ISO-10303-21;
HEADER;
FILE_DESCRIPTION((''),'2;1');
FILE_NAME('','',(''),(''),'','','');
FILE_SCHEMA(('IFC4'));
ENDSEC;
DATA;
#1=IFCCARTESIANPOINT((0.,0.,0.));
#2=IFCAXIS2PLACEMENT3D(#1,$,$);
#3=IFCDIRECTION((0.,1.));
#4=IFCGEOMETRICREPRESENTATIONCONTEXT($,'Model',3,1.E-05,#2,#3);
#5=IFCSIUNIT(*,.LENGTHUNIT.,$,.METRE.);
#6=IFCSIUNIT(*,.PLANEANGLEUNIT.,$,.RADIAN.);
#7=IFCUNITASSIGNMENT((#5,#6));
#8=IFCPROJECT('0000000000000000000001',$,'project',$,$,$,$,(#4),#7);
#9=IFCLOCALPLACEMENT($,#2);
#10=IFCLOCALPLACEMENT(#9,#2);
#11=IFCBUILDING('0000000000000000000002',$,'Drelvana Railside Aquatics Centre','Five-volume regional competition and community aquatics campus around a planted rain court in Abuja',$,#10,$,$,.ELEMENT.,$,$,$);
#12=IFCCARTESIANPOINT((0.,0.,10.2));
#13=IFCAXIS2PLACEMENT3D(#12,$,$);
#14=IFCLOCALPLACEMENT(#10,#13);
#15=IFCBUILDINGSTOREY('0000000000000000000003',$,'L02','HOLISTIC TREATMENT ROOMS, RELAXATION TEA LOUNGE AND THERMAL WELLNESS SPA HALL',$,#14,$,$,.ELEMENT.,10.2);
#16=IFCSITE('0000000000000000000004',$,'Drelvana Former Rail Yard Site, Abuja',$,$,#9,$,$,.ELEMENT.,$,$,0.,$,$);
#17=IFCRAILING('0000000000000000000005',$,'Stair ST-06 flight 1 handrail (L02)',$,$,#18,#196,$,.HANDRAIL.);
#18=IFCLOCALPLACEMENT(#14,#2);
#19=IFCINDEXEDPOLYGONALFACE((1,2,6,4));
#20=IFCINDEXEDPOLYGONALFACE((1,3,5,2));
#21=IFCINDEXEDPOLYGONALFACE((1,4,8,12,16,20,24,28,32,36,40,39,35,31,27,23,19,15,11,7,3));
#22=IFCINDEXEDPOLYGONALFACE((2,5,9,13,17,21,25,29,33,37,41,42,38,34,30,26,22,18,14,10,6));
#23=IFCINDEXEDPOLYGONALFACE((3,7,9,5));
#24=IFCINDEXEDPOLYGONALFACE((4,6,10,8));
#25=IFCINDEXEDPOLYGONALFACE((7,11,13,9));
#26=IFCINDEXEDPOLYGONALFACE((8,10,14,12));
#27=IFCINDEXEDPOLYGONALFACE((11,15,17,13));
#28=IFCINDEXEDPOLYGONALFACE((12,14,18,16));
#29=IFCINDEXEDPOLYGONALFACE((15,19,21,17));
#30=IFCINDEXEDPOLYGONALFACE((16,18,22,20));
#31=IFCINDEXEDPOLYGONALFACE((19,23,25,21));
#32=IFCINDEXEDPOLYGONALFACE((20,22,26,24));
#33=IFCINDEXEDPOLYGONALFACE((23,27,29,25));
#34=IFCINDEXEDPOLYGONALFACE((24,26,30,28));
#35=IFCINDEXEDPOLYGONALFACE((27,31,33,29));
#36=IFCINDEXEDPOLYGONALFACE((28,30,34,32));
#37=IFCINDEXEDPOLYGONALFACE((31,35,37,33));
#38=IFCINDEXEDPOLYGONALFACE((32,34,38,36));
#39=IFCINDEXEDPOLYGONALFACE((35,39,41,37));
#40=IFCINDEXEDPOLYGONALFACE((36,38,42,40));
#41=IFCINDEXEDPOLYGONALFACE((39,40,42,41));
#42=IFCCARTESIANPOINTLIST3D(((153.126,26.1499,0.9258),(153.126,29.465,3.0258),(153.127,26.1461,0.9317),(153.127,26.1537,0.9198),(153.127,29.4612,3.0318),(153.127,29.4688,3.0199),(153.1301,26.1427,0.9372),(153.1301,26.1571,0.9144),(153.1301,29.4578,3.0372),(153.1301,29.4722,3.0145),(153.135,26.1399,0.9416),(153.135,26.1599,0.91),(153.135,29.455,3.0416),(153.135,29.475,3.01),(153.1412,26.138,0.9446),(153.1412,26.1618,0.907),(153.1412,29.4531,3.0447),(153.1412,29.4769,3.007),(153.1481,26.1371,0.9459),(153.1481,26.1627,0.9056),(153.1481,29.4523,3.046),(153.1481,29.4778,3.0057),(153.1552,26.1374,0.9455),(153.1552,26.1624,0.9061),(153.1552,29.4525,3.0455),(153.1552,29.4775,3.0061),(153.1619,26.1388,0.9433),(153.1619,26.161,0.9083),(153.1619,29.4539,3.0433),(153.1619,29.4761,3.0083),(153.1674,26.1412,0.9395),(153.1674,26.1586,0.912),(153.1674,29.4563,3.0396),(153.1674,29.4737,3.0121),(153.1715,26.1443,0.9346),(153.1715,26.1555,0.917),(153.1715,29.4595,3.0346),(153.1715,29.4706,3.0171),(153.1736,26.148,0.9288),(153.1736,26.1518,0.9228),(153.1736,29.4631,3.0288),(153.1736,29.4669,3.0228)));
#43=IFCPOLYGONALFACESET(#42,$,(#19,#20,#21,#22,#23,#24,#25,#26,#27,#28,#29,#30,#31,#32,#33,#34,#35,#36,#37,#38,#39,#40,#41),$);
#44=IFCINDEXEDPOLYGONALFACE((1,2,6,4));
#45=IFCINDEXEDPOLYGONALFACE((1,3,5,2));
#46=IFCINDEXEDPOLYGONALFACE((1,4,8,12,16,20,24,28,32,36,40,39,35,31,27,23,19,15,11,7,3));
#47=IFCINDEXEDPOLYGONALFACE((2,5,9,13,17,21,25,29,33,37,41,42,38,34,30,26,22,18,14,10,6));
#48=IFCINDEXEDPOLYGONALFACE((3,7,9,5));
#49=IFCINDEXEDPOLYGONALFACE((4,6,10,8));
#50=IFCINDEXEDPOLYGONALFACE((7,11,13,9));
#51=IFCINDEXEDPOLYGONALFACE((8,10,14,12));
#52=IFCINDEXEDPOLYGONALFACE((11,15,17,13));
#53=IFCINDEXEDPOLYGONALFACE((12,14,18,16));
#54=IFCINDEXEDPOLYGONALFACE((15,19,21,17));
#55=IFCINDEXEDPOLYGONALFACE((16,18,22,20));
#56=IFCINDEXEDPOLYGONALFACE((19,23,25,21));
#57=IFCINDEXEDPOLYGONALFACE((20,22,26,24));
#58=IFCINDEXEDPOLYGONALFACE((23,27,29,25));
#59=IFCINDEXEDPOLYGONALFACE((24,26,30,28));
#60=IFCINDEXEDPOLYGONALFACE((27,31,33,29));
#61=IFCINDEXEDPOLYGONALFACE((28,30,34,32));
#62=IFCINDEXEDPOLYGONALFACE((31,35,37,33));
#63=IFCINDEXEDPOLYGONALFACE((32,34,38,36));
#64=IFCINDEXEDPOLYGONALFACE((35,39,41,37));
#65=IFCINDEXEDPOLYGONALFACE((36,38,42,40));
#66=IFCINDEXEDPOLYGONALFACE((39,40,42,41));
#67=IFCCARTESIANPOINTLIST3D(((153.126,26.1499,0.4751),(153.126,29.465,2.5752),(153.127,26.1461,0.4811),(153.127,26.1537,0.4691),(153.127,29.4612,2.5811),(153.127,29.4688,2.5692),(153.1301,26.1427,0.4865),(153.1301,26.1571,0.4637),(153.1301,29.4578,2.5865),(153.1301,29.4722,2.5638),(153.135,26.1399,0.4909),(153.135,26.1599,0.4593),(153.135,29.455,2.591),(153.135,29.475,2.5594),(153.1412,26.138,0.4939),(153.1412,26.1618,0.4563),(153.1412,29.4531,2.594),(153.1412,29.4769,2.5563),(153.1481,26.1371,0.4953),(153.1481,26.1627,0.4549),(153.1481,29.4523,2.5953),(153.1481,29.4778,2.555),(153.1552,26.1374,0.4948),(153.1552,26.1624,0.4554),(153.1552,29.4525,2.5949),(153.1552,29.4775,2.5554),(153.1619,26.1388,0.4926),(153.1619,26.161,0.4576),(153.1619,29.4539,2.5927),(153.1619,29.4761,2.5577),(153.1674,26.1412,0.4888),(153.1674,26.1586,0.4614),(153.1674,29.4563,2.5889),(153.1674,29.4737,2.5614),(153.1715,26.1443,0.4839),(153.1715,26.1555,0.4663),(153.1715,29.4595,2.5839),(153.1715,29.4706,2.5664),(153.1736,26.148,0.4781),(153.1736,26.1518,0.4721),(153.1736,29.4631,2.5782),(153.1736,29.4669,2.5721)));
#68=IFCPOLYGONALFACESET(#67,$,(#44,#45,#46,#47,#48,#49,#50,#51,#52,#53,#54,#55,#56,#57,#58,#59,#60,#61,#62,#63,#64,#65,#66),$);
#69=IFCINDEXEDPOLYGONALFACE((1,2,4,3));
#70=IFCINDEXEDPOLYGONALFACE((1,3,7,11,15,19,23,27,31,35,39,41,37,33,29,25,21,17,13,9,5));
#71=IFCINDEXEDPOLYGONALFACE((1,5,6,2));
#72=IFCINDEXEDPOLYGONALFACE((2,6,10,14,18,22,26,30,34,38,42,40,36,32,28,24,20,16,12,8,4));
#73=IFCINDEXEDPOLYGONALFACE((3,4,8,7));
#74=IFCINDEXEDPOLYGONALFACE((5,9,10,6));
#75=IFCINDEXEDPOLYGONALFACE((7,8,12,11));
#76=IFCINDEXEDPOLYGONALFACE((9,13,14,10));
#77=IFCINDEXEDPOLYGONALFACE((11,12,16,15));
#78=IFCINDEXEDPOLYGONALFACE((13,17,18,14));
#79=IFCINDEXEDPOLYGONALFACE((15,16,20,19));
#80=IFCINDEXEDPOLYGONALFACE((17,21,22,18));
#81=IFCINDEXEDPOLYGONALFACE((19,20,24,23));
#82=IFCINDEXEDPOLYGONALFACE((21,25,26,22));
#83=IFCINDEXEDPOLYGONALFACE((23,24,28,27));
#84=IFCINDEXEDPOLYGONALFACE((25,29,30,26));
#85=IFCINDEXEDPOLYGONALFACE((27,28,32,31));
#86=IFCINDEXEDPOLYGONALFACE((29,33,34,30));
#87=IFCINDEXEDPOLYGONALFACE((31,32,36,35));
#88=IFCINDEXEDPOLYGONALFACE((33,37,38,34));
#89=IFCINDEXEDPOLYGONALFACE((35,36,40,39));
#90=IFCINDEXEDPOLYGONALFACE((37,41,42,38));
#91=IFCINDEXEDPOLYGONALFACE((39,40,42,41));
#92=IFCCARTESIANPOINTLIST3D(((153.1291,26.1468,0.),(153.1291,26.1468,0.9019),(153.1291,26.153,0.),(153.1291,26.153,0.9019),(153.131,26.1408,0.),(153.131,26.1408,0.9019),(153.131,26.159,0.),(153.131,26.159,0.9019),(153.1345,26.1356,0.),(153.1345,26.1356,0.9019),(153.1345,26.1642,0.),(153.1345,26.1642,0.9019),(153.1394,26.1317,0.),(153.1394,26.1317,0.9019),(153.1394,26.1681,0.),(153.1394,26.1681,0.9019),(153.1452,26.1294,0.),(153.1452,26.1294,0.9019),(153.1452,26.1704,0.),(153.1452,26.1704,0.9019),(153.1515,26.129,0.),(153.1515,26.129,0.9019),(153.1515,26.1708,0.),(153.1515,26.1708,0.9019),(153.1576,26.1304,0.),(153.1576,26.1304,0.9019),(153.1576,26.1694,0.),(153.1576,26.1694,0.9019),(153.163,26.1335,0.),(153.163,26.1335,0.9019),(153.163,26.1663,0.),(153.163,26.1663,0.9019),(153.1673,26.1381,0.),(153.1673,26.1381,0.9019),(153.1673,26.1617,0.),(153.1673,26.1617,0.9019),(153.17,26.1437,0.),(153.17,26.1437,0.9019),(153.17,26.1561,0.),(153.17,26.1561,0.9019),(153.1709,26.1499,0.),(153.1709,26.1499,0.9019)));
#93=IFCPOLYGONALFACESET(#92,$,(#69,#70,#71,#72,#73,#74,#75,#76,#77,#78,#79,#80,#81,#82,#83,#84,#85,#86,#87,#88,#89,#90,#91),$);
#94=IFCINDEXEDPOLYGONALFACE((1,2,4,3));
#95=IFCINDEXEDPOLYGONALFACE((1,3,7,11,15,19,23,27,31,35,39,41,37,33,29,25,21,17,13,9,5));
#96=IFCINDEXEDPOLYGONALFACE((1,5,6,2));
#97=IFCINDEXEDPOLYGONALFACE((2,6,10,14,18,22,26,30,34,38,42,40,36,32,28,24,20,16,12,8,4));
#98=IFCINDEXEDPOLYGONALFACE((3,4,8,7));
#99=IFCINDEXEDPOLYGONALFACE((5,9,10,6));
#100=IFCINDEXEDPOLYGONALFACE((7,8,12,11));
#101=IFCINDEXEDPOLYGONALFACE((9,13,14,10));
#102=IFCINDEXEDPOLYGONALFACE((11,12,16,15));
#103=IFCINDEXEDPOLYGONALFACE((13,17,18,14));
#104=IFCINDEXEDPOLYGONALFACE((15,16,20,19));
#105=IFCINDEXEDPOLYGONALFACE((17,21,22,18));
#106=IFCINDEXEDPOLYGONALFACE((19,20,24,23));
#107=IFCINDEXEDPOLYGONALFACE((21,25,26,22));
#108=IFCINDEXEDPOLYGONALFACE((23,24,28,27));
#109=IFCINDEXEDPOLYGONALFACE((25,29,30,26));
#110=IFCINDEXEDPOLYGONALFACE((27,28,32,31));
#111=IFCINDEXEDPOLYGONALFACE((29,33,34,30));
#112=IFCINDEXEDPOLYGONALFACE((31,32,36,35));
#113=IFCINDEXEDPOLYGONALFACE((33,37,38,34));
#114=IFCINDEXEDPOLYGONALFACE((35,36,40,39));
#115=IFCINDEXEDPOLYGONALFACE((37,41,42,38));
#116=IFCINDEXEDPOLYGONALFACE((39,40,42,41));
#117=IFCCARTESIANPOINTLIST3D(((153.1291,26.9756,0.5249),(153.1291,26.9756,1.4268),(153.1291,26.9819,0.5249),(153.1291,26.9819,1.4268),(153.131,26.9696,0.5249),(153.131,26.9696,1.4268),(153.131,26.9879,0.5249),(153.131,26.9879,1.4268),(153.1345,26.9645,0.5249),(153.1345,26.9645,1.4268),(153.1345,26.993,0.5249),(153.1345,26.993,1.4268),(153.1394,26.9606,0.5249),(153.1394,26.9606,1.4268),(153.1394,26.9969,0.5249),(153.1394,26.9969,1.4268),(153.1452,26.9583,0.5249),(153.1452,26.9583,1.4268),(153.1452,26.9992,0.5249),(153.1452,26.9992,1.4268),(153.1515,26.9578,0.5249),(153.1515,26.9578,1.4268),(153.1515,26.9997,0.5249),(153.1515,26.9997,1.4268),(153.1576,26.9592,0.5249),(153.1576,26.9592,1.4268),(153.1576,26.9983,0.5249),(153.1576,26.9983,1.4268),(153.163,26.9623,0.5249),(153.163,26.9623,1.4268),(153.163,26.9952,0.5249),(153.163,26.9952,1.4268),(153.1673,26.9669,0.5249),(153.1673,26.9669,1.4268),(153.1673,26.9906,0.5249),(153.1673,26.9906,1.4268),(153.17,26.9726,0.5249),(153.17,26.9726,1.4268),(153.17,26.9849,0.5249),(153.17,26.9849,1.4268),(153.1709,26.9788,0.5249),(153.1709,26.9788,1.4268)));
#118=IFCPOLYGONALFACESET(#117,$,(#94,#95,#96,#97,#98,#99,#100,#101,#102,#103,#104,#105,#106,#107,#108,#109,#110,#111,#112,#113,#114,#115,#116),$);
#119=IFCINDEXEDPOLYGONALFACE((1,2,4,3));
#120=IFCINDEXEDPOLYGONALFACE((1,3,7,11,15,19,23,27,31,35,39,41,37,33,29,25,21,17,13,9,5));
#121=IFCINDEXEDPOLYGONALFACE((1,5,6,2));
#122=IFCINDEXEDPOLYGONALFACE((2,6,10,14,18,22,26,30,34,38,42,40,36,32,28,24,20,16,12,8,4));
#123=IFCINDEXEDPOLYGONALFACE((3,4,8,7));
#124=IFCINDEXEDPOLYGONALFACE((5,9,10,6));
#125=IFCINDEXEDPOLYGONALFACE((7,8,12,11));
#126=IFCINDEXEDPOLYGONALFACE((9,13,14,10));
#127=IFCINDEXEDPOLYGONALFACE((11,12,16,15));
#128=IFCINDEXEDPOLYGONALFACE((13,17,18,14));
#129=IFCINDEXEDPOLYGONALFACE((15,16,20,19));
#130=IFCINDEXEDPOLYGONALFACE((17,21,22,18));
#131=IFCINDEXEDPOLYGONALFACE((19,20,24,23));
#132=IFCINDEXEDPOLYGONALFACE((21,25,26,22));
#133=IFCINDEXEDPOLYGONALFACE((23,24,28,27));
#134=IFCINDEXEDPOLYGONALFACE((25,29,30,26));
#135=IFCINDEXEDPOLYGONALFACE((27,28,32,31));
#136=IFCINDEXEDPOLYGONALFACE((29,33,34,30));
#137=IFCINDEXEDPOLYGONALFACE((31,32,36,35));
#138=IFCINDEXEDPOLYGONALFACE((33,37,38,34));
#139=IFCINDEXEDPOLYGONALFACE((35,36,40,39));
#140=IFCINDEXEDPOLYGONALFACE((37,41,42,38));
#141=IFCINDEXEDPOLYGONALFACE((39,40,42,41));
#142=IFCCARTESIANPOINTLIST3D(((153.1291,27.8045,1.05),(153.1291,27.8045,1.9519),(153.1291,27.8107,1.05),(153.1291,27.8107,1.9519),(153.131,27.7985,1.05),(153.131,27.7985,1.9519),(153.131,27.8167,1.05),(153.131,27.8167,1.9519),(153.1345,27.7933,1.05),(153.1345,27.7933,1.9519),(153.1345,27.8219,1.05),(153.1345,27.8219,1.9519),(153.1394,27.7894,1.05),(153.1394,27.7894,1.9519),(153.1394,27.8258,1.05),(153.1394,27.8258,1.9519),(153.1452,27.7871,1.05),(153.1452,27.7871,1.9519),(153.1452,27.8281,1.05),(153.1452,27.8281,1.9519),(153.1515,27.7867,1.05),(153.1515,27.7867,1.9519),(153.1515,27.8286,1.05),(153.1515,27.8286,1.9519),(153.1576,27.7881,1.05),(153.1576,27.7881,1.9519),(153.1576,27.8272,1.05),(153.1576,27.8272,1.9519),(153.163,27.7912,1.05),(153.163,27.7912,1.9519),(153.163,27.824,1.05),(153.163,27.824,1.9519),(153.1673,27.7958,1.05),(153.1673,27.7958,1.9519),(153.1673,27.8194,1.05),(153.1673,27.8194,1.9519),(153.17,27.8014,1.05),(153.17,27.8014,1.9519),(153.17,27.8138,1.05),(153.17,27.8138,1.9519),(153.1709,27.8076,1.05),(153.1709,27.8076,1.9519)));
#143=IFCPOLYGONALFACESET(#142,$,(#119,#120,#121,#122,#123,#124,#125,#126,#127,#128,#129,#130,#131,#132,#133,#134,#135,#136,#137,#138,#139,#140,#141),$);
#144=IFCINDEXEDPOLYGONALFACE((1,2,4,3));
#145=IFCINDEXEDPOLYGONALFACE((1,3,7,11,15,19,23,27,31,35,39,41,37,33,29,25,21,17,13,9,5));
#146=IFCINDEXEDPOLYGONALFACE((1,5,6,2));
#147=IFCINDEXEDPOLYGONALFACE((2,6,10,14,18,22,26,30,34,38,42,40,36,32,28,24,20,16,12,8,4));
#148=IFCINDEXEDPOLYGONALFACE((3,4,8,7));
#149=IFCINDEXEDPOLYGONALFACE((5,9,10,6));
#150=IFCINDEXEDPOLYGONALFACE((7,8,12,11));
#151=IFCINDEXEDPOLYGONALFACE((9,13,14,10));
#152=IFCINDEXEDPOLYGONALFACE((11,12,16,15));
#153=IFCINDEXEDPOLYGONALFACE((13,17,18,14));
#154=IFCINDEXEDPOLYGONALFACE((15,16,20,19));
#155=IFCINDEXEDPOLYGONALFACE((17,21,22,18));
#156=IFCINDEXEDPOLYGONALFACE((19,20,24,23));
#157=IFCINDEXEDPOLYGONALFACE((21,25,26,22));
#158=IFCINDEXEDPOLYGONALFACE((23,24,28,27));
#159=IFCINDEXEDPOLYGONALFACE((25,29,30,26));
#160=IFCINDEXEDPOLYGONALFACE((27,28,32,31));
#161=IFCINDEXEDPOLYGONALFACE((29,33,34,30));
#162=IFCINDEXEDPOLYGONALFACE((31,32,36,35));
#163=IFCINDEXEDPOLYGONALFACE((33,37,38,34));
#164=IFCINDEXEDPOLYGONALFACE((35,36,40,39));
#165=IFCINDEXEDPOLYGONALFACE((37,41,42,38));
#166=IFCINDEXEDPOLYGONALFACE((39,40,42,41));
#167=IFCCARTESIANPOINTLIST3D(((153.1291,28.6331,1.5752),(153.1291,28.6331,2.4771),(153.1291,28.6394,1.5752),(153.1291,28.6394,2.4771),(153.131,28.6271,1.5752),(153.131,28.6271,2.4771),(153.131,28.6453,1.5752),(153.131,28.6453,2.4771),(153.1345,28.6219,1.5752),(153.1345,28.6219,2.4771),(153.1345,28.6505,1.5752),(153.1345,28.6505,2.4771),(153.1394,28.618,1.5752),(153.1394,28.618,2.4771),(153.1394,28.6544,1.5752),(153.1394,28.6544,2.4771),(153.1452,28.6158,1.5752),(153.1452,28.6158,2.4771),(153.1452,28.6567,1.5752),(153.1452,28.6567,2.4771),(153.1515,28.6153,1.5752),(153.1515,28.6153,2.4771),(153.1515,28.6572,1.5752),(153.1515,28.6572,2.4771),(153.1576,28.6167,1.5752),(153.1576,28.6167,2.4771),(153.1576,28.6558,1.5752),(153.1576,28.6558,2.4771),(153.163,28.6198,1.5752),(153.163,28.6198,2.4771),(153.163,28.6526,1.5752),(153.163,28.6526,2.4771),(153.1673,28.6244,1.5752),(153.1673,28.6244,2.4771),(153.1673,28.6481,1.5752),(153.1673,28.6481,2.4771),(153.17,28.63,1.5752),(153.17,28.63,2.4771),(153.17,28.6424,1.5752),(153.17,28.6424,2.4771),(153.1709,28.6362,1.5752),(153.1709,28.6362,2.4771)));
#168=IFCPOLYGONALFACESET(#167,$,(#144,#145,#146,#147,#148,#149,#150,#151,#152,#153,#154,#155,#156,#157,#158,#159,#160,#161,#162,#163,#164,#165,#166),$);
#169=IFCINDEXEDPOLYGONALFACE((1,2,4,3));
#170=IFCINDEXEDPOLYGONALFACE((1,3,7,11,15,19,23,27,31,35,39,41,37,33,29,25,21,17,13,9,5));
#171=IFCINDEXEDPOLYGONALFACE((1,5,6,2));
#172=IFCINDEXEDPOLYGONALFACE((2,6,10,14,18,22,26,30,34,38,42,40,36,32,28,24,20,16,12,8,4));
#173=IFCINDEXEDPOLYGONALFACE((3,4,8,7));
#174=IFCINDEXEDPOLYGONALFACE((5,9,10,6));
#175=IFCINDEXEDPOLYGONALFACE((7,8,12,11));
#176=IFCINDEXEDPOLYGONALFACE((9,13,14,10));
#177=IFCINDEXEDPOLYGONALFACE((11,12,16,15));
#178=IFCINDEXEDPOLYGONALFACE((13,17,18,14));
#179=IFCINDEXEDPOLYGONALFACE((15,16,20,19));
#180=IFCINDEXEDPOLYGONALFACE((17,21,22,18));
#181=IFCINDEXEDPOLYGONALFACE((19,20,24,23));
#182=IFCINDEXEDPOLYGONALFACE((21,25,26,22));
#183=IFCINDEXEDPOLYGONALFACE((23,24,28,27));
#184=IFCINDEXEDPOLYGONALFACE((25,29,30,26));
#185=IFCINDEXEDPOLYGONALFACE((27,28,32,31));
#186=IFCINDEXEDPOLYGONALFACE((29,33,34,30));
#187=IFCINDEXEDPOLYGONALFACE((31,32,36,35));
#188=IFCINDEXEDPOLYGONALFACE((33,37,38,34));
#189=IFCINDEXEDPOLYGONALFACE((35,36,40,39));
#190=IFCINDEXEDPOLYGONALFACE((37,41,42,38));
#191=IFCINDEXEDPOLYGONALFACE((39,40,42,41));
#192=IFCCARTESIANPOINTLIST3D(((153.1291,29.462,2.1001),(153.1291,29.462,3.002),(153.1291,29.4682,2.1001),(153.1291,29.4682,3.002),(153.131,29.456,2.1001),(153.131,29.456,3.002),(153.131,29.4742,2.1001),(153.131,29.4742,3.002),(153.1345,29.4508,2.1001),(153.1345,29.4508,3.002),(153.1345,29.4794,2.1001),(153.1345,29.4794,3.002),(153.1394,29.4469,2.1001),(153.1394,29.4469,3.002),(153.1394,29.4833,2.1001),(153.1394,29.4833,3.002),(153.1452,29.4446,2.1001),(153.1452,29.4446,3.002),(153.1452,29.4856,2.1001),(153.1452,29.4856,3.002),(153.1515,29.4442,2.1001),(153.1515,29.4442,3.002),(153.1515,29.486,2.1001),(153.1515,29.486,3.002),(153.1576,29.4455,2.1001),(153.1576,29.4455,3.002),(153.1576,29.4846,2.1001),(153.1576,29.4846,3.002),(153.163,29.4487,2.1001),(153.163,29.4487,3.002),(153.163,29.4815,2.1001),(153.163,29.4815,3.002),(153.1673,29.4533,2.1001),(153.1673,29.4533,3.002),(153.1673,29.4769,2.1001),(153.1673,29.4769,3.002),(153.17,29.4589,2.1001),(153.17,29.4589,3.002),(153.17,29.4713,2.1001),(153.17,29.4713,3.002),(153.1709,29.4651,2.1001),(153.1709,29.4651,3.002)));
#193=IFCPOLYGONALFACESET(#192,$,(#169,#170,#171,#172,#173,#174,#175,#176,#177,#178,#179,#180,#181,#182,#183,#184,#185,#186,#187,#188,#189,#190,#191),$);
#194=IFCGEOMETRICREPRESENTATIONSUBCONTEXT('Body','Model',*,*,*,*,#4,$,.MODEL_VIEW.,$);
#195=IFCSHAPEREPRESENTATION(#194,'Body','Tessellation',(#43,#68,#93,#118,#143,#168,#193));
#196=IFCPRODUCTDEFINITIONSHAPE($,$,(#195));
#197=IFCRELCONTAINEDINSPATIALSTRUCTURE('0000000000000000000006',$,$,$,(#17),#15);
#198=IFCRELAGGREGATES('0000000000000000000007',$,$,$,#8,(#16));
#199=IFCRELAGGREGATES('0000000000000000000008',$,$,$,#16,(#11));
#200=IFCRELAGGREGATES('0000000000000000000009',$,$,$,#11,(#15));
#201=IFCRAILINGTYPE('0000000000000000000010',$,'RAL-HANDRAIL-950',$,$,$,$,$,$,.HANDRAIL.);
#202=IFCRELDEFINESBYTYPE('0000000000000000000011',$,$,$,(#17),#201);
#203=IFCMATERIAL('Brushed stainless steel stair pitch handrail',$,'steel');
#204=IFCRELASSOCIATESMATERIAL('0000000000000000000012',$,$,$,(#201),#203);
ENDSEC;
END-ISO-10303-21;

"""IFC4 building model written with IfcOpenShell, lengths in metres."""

from ifc_helpers import new_model, si_unit, direction, frame, origin, origin_2d, place, context, subcontext, project, spatial, circle, extrude, material, type_object, element, save


model = new_model("IFC4")

# Units and contexts
model_context = context("Model", 3, precision=1e-05, world=origin(), true_north=direction((0.0, 1.0)))
body_context = subcontext(model_context, "Body", "Model", "MODEL_VIEW")
ifc_project = project(units=[si_unit("LENGTHUNIT", "METRE"), si_unit("PLANEANGLEUNIT", "RADIAN")], contexts=[model_context])

# Site, building, storey
site_placement = place(None, origin())
site = spatial("IfcSite", under=ifc_project, at=site_placement, Name="Drelvana Former Rail Yard Site, Abuja", CompositionType="ELEMENT", RefElevation=0.0)
building_placement = place(site_placement, origin())
building = spatial("IfcBuilding", under=site, at=building_placement, Name="Drelvana Railside Aquatics Centre", Description="Five-volume regional competition and community aquatics campus around a planted rain court in Abuja", CompositionType="ELEMENT")
storey_placement = place(building_placement, frame((0.0, 0.0, 10.2)))
storey = spatial("IfcBuildingStorey", under=building, at=storey_placement, Name="L02", Description="HOLISTIC TREATMENT ROOMS, RELAXATION TEA LOUNGE AND THERMAL WELLNESS SPA HALL", CompositionType="ELEMENT", Elevation=10.2)

# Railing
ifc_material_1 = material(Name="Brushed stainless steel stair pitch handrail", Category="steel")
railing_type = type_object("IfcRailingType", Name="RAL-HANDRAIL-950", PredefinedType="HANDRAIL", material=ifc_material_1)
railing_1_placement = place(storey_placement, frame((153.1499, 26.1499, 0.0)))
element("IfcRailing", 1, at=railing_1_placement, inside=storey, type_object=railing_type, Name="Stair ST-06 flight 1 handrail (L02)", PredefinedType="HANDRAIL", context=body_context, shape_type="SweptSolid", body=[
    extrude(circle(Radius=0.0239, at=origin_2d()), frame((0.0, 0.0, 0.9258), z_axis=(0.0, 0.844764, 0.535139), x_axis=(-1.0, 0.0, 0.0)), (0.0, 0.0, 1.0), 3.9243),
    extrude(circle(Radius=0.0239, at=origin_2d()), frame((0.0, 0.0, 0.4751), z_axis=(0.0, 0.844764, 0.535139), x_axis=(-1.0, 0.0, 0.0)), (0.0, 0.0, 1.0), 3.9243),
    extrude(circle(Radius=0.021, at=origin_2d()), origin(), (0.0, 0.0, 1.0), 0.9019),
    extrude(circle(Radius=0.021, at=origin_2d()), frame((0.0, 0.8289, 0.5249)), (0.0, 0.0, 1.0), 0.9019),
    extrude(circle(Radius=0.021, at=origin_2d()), frame((0.0, 1.6577, 1.05)), (0.0, 0.0, 1.0), 0.9019),
    extrude(circle(Radius=0.021, at=origin_2d()), frame((0.0, 2.4863, 1.5752)), (0.0, 0.0, 1.0), 0.9019),
    extrude(circle(Radius=0.021, at=origin_2d()), frame((0.0, 3.3152, 2.1001)), (0.0, 0.0, 1.0), 0.9019),
])

save(model, "model.ifc")
